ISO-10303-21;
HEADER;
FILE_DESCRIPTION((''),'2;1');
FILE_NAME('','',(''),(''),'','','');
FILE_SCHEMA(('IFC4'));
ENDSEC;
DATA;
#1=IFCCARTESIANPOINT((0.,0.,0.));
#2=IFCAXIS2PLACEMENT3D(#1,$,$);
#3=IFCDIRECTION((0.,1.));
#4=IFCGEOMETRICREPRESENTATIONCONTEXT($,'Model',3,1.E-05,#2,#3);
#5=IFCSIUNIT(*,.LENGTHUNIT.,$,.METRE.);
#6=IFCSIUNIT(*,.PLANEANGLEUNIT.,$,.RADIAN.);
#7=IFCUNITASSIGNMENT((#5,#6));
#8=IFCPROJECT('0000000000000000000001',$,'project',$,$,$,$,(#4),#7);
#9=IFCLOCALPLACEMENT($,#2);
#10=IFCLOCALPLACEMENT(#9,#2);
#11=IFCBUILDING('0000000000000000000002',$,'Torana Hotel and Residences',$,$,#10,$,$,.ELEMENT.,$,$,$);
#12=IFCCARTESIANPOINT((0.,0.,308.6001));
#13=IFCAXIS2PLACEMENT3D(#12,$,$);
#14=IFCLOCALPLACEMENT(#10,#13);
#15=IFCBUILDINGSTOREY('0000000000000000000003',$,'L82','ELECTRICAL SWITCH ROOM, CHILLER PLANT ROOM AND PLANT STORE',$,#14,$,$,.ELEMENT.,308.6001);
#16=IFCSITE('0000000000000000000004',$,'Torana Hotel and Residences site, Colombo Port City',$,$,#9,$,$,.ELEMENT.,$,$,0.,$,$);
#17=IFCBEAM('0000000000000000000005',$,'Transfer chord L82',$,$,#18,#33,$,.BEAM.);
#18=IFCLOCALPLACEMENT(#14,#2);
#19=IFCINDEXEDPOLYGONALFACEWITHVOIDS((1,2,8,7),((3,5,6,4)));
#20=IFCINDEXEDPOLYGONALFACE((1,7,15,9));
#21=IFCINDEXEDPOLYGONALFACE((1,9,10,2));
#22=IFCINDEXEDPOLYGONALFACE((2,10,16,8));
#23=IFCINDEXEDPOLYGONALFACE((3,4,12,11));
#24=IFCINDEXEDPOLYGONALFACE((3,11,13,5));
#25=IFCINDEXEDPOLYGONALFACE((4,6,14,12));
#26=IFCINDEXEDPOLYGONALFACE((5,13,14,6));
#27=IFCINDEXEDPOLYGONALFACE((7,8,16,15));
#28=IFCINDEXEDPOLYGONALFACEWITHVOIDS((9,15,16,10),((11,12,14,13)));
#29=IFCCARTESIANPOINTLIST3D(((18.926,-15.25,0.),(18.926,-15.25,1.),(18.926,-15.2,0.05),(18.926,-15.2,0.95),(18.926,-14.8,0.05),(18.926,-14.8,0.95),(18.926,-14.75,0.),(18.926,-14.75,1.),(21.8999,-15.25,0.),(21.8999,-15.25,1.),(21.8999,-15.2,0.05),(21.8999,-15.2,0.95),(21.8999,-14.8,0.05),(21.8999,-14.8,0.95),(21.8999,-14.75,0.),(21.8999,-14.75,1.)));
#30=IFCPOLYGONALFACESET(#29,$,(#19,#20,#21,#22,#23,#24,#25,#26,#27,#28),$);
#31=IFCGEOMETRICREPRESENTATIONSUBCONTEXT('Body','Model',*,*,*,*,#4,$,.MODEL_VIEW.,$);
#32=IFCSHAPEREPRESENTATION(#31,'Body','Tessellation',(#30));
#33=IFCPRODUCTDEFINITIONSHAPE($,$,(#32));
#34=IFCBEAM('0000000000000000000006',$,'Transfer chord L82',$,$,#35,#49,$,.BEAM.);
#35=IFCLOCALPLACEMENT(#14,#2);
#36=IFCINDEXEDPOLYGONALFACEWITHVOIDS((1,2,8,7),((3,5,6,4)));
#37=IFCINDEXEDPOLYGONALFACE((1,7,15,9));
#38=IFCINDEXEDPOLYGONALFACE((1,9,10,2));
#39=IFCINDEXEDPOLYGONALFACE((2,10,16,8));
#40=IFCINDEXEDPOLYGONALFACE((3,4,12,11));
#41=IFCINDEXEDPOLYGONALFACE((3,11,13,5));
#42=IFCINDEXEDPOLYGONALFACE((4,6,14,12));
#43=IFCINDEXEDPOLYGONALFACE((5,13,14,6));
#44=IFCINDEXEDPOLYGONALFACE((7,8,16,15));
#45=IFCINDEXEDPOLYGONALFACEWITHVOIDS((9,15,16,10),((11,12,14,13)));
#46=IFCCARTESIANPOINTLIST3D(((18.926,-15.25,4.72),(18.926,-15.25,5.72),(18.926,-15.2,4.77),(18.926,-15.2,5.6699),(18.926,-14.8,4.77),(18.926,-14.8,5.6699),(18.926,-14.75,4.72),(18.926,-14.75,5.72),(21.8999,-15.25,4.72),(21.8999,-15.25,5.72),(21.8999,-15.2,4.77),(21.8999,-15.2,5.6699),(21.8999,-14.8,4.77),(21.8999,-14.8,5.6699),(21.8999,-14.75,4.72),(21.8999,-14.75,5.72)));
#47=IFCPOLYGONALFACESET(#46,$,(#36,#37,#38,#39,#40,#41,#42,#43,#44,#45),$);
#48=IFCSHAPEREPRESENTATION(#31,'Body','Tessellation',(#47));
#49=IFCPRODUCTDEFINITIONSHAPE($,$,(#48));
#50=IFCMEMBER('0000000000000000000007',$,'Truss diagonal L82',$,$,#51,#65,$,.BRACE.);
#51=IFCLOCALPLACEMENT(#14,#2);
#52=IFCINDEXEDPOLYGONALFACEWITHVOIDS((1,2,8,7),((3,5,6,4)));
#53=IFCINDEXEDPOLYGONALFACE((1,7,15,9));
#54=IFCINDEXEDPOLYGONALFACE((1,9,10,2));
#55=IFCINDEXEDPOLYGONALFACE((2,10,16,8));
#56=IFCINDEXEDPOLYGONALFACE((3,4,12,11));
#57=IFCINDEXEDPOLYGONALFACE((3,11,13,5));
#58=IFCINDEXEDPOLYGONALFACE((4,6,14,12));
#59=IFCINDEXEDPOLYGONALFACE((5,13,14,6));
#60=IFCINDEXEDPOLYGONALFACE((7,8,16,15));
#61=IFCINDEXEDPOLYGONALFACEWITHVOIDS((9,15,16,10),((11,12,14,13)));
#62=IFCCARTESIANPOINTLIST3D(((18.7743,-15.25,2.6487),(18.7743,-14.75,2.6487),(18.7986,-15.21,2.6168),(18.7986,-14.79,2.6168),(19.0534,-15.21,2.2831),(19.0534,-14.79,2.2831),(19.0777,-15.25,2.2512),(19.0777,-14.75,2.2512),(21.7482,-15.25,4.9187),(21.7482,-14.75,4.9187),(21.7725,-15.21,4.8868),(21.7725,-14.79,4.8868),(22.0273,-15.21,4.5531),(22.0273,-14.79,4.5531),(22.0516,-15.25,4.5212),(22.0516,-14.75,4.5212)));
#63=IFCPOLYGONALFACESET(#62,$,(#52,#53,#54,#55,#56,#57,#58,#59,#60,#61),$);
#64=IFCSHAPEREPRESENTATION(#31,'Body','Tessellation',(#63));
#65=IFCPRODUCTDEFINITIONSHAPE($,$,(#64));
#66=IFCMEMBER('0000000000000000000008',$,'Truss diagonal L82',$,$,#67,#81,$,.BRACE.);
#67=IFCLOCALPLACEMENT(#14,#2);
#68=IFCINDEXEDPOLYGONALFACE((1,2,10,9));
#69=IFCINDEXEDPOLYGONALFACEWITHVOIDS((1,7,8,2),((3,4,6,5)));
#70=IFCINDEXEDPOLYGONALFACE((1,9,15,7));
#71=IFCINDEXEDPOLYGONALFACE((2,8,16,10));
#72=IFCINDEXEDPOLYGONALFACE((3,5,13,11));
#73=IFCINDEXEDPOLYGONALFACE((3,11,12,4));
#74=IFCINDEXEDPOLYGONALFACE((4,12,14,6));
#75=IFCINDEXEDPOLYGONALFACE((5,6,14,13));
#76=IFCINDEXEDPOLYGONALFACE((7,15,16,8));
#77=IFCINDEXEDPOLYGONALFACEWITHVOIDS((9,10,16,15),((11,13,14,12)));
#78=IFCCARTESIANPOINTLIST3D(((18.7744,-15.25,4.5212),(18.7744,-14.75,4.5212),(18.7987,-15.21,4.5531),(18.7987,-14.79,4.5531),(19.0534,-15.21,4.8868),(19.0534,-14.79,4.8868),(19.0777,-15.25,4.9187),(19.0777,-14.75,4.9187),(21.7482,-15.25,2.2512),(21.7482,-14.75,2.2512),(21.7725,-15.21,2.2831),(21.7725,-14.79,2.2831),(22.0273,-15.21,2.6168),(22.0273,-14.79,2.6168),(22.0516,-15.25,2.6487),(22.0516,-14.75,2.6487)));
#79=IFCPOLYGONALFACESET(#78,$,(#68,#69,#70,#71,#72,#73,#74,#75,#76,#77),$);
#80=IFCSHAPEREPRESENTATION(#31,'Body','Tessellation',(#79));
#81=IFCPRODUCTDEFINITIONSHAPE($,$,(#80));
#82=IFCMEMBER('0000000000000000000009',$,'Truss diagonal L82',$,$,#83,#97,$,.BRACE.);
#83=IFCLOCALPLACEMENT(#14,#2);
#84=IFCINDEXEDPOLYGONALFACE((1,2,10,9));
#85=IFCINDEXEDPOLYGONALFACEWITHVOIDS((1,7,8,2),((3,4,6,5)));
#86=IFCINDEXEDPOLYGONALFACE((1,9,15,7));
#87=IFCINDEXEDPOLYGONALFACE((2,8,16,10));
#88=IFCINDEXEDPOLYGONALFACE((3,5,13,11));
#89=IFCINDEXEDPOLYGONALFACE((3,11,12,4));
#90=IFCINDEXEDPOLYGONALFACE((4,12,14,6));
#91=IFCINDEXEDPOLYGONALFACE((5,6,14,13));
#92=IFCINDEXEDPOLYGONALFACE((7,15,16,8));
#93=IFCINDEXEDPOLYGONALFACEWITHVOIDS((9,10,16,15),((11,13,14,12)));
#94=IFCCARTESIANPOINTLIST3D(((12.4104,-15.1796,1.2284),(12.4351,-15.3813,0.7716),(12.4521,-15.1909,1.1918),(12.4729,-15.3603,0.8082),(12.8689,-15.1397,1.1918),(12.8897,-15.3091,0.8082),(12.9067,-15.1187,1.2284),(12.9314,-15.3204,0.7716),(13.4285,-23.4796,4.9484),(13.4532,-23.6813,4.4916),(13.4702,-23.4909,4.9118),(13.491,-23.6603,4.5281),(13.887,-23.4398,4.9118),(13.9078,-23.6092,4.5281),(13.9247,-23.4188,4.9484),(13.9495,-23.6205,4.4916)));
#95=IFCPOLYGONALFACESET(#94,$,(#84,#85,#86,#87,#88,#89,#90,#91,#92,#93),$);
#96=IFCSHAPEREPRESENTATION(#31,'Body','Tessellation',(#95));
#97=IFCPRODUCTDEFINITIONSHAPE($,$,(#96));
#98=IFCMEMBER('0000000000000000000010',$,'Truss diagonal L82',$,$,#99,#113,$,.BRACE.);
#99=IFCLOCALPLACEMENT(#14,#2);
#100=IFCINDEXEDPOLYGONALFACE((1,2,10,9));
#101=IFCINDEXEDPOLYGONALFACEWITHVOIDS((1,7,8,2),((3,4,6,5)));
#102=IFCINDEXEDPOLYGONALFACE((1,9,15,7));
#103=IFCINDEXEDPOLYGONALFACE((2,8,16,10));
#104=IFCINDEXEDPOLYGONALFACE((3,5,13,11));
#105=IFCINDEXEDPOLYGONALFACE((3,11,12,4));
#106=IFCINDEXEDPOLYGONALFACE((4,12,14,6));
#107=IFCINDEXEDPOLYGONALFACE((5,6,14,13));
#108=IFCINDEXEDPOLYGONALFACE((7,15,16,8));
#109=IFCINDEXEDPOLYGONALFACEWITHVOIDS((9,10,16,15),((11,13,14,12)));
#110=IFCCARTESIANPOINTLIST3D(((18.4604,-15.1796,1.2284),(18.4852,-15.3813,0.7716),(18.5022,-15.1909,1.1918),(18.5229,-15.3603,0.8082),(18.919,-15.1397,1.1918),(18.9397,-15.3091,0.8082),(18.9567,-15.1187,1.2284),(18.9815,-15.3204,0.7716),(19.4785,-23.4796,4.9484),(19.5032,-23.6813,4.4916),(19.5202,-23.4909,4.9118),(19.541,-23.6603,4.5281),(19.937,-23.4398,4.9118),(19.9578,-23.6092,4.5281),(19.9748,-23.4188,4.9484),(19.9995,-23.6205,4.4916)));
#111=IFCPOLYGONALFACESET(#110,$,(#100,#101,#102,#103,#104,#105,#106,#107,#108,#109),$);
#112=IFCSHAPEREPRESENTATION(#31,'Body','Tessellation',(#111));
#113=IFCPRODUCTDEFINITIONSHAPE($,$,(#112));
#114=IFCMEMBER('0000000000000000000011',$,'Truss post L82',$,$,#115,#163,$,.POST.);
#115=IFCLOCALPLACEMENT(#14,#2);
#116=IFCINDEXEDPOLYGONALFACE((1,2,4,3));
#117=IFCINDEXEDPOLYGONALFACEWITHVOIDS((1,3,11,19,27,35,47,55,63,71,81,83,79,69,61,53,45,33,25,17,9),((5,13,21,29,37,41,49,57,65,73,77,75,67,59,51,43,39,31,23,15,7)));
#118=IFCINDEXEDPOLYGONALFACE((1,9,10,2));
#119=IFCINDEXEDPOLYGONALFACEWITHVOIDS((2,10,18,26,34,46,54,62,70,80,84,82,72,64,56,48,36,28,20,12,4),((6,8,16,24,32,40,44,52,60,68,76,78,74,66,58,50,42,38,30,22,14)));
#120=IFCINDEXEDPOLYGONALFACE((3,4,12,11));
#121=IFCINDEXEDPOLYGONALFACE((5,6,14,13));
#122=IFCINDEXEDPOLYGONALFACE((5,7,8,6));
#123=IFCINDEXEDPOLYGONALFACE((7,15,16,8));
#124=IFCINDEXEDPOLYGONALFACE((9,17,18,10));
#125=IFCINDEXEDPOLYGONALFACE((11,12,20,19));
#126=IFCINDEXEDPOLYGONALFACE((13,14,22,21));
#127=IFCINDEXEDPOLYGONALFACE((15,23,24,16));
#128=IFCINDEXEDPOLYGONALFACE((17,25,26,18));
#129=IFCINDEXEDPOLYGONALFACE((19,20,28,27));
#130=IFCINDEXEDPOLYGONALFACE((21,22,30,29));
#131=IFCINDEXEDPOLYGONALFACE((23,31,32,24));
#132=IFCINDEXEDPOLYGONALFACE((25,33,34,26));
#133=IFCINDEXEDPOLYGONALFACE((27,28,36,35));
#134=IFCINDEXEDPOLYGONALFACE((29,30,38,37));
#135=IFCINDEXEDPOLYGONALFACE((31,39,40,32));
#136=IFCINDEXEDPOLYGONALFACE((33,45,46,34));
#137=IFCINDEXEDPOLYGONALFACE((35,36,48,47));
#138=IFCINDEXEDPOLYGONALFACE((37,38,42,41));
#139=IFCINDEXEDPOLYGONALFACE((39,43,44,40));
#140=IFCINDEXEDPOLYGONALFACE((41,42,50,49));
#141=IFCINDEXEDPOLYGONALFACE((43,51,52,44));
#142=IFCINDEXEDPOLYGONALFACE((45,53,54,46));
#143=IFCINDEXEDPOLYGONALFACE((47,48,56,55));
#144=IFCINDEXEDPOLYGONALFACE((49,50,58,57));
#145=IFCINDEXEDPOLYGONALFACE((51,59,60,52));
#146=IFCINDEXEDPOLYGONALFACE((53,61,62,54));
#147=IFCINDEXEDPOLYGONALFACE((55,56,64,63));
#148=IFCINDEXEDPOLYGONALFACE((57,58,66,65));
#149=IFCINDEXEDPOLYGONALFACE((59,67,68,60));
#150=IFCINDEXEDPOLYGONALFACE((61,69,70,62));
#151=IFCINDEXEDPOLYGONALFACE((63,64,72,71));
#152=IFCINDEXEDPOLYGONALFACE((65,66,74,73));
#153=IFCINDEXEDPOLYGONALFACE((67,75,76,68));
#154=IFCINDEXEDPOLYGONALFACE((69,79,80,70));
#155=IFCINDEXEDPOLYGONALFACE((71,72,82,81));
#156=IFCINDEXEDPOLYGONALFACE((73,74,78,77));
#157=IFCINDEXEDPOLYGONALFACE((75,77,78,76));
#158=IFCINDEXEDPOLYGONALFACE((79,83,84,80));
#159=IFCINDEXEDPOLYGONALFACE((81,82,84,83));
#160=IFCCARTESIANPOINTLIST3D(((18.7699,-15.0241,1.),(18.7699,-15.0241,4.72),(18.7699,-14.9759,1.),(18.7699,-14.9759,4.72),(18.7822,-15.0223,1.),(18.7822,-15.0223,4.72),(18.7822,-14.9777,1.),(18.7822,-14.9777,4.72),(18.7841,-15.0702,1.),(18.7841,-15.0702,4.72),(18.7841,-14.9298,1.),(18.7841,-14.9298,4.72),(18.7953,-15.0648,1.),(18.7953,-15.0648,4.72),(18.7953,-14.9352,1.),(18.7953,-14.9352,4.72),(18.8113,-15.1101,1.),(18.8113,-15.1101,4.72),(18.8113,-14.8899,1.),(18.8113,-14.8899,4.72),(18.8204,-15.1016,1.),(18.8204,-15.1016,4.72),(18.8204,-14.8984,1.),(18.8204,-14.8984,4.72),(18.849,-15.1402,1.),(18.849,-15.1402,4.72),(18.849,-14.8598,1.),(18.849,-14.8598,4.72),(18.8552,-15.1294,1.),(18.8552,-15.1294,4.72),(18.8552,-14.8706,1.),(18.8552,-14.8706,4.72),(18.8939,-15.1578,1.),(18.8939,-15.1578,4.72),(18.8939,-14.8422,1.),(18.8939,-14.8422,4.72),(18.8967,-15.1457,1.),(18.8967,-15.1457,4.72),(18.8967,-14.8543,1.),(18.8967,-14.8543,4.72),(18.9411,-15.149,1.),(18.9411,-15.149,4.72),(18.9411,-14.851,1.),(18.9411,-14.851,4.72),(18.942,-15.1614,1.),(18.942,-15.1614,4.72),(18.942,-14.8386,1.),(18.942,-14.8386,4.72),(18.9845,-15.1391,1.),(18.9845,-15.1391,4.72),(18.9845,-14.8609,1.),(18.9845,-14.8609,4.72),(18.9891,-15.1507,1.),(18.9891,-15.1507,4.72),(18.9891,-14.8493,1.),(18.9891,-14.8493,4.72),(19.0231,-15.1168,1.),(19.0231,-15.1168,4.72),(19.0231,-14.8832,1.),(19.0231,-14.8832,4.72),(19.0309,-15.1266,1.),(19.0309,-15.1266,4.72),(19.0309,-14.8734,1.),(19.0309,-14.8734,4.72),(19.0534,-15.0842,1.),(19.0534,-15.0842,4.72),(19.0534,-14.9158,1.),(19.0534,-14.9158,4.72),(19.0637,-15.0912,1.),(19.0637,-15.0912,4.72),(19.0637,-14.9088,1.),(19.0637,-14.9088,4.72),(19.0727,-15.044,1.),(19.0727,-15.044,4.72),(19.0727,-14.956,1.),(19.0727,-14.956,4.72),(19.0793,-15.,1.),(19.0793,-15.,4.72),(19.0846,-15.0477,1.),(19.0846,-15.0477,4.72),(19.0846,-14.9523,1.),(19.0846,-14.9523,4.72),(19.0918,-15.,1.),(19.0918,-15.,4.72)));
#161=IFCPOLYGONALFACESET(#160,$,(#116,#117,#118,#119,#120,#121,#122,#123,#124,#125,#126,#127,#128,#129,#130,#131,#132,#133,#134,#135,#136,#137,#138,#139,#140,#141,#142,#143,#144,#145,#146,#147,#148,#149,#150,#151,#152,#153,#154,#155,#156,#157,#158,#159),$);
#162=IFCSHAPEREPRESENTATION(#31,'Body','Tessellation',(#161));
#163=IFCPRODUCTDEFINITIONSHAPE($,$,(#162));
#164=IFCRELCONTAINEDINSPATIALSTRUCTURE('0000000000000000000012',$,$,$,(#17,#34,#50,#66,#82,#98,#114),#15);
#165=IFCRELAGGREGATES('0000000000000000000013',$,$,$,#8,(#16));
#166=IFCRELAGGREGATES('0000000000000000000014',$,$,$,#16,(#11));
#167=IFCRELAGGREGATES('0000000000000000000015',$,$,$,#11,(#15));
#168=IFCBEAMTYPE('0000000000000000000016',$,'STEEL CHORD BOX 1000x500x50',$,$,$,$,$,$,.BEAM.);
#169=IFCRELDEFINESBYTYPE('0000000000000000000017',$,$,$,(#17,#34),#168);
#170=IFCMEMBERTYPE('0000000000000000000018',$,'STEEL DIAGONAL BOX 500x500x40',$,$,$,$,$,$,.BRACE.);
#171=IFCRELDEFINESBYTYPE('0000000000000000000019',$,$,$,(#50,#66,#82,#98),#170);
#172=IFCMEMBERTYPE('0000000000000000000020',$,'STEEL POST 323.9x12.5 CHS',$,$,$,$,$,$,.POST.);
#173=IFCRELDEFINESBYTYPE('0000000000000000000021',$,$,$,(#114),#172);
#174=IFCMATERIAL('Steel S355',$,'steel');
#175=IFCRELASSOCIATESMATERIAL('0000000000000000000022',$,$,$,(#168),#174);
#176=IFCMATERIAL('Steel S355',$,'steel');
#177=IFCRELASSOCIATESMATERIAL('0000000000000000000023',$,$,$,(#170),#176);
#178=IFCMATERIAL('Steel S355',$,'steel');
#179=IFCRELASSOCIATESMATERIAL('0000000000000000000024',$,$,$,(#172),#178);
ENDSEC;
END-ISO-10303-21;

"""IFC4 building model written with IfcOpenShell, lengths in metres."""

from ifc_helpers import new_model, si_unit, direction, frame, origin, origin_2d, place, context, subcontext, project, spatial, hollow_rectangle, hollow_circle, extrude, material, material_profile, profile_set, type_object, element, save


model = new_model("IFC4")

# Units and contexts
model_context = context("Model", 3, precision=1e-05, world=origin(), true_north=direction((0.0, 1.0)))
body_context = subcontext(model_context, "Body", "Model", "MODEL_VIEW")
ifc_project = project(units=[si_unit("LENGTHUNIT", "METRE"), si_unit("PLANEANGLEUNIT", "RADIAN")], contexts=[model_context])

# Site, building, storey
site_placement = place(None, origin())
site = spatial("IfcSite", under=ifc_project, at=site_placement, Name="Torana Hotel and Residences site, Colombo Port City", CompositionType="ELEMENT", RefElevation=0.0)
building_placement = place(site_placement, origin())
building = spatial("IfcBuilding", under=site, at=building_placement, Name="Torana Hotel and Residences", CompositionType="ELEMENT")
storey_placement = place(building_placement, frame((0.0, 0.0, 308.6001)))
storey = spatial("IfcBuildingStorey", under=building, at=storey_placement, Name="L82", Description="ELECTRICAL SWITCH ROOM, CHILLER PLANT ROOM AND PLANT STORE", CompositionType="ELEMENT", Elevation=308.6001)

# Beams
ifc_material_1 = material(Name="Steel S355", Category="steel")
ifc_material_profile_1 = material_profile(ifc_material_1, hollow_rectangle(XDim=0.5, YDim=1.0, WallThickness=0.05, at=origin_2d()), Name="BOX 1000x500x50")
ifc_profile_set_1 = profile_set([ifc_material_profile_1], Name="Steel S355")
beam_type = type_object("IfcBeamType", Name="STEEL CHORD BOX 1000x500x50", PredefinedType="BEAM", material=ifc_profile_set_1)
for number, where, z_axis, x_axis, name in (
    (1, (18.926, -15.0, 0.5), (1.0, 0.0, 0.0), (0.0, 1.0, 0.0), "Transfer chord L82"),
    (2, (18.926, -15.0, 5.22), (1.0, 0.0, 0.0), (0.0, 1.0, 0.0), "Transfer chord L82"),
):
    element("IfcBeam", number, at=place(storey_placement, frame(where, z_axis=z_axis, x_axis=x_axis)), inside=storey, type_object=beam_type, Name=name, PredefinedType="BEAM", context=body_context, shape_type="SweptSolid", body=[
        extrude(hollow_rectangle(XDim=0.5, YDim=1.0, WallThickness=0.05, at=origin_2d()), origin(), (0.0, 0.0, 1.0), 2.9739),
    ])

# Members
ifc_material_2 = material(Name="Steel S355", Category="steel")
ifc_material_profile_2 = material_profile(ifc_material_2, hollow_rectangle(XDim=0.5, YDim=0.5, WallThickness=0.04, at=origin_2d()), Name="BOX 500x500x40")
ifc_profile_set_2 = profile_set([ifc_material_profile_2], Name="Steel S355")
member_type_1 = type_object("IfcMemberType", Name="STEEL DIAGONAL BOX 500x500x40", PredefinedType="BRACE", material=ifc_profile_set_2)
for number, where, z_axis, x_axis, name in (
    (3, (18.926, -15.0, 2.45), (0.794889, 0.0, 0.606755), (0.0, 1.0, 0.0), "Truss diagonal L82"),
    (4, (21.8999, -15.0, 2.45), (-0.794889, 0.0, 0.606755), (0.0, -1.0, 0.0), "Truss diagonal L82"),
):
    element("IfcMember", number, at=place(storey_placement, frame(where, z_axis=z_axis, x_axis=x_axis)), inside=storey, type_object=member_type_1, Name=name, PredefinedType="BRACE", context=body_context, shape_type="SweptSolid", body=[
        extrude(hollow_rectangle(XDim=0.5, YDim=0.5, WallThickness=0.04, at=origin_2d()), origin(), (0.0, 0.0, 1.0), 3.7412),
    ])
for number, where, z_axis, x_axis, name in (
    (5, (12.6709, -15.25, 1.0), (0.111236, -0.906877, 0.40645), (0.992561, 0.121745, 0.0), "Truss diagonal L82"),
    (6, (18.7209, -15.25, 1.0), (0.111236, -0.906877, 0.40645), (0.992561, 0.121745, 0.0), "Truss diagonal L82"),
):
    element("IfcMember", number, at=place(storey_placement, frame(where, z_axis=z_axis, x_axis=x_axis)), inside=storey, type_object=member_type_1, Name=name, PredefinedType="BRACE", context=body_context, shape_type="SweptSolid", body=[
        extrude(hollow_rectangle(XDim=0.5, YDim=0.5, WallThickness=0.04, at=origin_2d()), origin(), (0.0, 0.0, 1.0), 9.1523),
    ])
ifc_material_3 = material(Name="Steel S355", Category="steel")
ifc_material_profile_3 = material_profile(ifc_material_3, hollow_circle(Radius=0.1619, WallThickness=0.0125, at=origin_2d()), Name="323.9x12.5 CHS")
ifc_profile_set_3 = profile_set([ifc_material_profile_3], Name="Steel S355")
member_type_2 = type_object("IfcMemberType", Name="STEEL POST 323.9x12.5 CHS", PredefinedType="POST", material=ifc_profile_set_3)
for number, where, z_axis, x_axis, name in (
    (7, (18.9299, -15.0, 1.0), (0.0, 0.0, 1.0), (1.0, 0.0, 0.0), "Truss post L82"),
):
    element("IfcMember", number, at=place(storey_placement, frame(where, z_axis=z_axis, x_axis=x_axis)), inside=storey, type_object=member_type_2, Name=name, PredefinedType="POST", context=body_context, shape_type="SweptSolid", body=[
        extrude(hollow_circle(Radius=0.1619, WallThickness=0.0125, at=origin_2d()), origin(), (0.0, 0.0, 1.0), 3.72),
    ])

save(model, "model.ifc")
